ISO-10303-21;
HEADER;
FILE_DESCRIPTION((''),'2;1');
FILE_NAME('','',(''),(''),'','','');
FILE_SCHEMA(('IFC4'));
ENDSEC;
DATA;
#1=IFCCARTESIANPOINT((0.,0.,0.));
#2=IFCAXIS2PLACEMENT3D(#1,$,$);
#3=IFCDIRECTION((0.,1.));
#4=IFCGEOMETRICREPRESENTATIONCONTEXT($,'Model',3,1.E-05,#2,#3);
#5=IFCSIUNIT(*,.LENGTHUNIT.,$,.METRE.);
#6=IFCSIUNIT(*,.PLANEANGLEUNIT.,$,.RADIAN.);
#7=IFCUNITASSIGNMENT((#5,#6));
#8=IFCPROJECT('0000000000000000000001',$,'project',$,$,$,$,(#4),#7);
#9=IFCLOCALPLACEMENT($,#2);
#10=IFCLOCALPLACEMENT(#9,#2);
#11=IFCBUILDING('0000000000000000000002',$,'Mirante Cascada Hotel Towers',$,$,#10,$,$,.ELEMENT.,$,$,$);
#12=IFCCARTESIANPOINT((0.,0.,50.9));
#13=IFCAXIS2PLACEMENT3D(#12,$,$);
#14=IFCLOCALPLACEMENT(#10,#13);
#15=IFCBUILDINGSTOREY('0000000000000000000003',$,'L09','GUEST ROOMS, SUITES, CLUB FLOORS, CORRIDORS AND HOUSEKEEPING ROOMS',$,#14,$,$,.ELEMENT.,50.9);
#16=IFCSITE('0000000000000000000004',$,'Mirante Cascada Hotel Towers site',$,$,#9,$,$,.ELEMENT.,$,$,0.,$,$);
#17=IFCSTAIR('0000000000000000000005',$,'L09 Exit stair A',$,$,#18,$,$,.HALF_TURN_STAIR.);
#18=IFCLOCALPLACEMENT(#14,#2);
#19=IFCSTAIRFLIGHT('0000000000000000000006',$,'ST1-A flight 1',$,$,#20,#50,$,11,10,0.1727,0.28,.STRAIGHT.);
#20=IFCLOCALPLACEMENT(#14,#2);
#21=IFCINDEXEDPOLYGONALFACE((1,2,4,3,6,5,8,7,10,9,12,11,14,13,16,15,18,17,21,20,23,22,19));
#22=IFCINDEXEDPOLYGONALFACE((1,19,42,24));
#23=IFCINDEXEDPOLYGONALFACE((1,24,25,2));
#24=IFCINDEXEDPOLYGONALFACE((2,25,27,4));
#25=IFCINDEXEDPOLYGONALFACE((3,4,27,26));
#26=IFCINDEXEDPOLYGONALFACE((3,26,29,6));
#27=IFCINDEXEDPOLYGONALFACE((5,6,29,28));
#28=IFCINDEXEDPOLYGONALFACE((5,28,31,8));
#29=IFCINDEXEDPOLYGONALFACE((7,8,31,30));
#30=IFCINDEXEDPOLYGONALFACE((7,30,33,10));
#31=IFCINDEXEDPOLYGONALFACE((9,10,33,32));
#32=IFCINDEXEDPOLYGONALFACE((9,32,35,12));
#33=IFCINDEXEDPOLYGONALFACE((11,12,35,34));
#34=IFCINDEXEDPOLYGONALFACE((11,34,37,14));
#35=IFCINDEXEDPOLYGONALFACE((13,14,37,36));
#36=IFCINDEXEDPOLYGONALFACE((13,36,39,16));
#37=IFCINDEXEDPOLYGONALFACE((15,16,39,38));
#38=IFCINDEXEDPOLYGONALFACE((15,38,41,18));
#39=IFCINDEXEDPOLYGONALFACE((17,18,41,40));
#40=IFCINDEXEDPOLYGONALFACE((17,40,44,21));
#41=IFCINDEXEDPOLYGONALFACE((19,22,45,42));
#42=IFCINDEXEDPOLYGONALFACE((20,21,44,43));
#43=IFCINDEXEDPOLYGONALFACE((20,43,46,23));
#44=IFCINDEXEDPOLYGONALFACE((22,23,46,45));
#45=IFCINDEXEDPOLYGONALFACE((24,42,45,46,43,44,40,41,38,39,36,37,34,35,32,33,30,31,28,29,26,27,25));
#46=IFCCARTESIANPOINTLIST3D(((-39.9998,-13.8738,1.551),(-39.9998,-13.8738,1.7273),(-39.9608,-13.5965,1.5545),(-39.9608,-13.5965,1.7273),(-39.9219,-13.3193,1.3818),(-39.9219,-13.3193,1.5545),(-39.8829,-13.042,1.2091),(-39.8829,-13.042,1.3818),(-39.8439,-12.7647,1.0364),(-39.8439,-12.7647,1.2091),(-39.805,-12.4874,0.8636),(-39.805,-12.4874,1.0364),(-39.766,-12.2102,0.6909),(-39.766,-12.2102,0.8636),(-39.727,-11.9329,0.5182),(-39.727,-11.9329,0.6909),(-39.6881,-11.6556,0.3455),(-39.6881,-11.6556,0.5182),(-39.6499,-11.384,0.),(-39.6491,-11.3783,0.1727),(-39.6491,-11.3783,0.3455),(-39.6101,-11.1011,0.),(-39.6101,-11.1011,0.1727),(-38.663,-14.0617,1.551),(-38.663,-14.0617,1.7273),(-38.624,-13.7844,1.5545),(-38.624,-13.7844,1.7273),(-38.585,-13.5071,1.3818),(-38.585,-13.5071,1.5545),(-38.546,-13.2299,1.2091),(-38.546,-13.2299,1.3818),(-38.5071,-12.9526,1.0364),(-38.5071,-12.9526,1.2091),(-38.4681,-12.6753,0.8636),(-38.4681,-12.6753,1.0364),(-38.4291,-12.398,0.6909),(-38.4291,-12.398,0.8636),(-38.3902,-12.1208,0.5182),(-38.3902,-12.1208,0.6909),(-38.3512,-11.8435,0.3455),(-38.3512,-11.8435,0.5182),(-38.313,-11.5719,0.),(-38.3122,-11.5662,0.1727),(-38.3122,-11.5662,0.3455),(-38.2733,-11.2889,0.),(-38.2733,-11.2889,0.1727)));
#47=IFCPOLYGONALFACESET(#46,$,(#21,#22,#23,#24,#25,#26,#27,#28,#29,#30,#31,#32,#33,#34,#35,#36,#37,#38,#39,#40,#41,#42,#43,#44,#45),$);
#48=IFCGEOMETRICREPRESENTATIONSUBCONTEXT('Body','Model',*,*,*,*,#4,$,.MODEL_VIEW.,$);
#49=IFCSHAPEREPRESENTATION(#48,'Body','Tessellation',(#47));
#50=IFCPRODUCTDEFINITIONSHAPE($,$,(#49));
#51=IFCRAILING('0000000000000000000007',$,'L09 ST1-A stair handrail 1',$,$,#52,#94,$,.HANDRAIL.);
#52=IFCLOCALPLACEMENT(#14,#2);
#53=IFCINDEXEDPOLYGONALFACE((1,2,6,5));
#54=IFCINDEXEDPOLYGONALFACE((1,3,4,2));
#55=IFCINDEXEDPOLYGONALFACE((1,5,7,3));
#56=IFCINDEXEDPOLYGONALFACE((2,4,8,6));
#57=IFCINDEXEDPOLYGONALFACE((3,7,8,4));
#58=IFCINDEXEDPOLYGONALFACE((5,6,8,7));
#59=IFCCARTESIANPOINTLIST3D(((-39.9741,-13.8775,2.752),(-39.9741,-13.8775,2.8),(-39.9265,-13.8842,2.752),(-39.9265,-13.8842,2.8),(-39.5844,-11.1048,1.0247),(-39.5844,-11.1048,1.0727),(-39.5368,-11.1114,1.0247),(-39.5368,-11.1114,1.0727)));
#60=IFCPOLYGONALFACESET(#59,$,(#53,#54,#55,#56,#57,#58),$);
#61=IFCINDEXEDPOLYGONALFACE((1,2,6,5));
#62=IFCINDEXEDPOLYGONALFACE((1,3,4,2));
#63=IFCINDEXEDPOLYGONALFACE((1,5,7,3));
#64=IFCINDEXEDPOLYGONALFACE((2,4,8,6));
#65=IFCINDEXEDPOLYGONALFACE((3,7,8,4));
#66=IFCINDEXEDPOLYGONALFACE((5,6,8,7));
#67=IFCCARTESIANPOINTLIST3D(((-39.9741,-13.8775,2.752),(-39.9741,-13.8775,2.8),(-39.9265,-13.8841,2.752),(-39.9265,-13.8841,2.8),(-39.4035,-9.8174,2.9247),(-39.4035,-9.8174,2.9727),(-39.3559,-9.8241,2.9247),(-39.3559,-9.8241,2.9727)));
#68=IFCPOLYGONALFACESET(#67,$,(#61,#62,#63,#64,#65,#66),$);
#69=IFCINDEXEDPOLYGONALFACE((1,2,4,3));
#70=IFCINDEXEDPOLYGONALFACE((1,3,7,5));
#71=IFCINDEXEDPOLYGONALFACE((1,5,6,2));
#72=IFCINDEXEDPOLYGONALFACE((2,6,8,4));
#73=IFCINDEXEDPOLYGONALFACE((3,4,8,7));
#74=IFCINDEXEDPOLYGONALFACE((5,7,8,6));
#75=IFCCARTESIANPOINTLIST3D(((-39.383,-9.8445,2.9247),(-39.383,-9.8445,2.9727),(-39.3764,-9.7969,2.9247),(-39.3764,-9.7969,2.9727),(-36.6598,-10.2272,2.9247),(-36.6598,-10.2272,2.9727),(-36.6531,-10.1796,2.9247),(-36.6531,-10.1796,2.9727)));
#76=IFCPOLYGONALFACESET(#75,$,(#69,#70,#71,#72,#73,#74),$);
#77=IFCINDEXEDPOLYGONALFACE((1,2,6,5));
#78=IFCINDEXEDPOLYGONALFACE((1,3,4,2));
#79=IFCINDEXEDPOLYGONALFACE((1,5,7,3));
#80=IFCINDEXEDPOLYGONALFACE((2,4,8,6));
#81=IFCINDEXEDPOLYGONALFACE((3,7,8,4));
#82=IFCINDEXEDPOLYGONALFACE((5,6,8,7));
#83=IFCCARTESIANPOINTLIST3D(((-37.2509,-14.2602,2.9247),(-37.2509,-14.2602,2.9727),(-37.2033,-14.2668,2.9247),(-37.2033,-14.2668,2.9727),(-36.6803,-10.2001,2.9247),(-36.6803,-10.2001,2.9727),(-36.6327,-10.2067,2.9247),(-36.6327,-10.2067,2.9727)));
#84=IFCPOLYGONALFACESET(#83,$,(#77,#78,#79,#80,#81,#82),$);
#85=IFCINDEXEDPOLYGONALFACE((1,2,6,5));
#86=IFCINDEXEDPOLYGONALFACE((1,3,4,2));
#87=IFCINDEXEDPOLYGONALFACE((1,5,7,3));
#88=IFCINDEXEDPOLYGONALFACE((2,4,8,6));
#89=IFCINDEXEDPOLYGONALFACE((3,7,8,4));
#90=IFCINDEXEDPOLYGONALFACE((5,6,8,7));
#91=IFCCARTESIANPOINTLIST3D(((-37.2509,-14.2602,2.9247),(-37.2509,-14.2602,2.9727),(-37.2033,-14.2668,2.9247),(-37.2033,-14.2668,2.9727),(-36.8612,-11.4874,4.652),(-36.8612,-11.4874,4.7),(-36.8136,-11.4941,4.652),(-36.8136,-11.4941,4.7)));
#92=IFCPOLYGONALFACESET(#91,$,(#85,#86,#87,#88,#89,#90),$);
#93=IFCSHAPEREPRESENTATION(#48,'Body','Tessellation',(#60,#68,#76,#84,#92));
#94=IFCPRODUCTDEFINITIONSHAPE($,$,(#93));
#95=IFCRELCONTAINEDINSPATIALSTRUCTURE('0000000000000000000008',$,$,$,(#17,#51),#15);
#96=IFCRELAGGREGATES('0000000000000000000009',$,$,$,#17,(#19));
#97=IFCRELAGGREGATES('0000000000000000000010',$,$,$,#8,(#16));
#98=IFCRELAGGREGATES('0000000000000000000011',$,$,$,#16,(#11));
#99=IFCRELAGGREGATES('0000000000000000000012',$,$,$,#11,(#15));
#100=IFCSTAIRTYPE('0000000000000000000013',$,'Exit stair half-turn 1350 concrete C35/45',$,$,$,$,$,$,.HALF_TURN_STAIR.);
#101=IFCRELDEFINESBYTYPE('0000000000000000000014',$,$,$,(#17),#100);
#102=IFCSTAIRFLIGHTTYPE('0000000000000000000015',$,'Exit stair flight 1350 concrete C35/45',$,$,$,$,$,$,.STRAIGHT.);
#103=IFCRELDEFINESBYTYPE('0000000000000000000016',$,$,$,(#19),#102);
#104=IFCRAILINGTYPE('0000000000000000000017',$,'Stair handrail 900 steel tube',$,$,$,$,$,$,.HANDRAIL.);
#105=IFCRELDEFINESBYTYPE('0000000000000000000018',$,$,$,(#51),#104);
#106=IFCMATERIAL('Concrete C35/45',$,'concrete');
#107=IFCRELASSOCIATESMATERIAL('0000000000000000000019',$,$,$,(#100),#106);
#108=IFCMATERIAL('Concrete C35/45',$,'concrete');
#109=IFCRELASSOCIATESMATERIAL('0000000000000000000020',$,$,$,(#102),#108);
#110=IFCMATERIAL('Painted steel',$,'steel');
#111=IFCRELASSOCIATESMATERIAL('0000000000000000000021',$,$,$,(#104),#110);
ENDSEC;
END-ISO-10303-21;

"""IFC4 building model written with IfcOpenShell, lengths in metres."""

from ifc_helpers import new_model, si_unit, direction, frame, origin, origin_2d, place, context, subcontext, project, spatial, polyline, rectangle, outline, extrude, material, type_object, element, aggregate, save


model = new_model("IFC4")

# Units and contexts
model_context = context("Model", 3, precision=1e-05, world=origin(), true_north=direction((0.0, 1.0)))
body_context = subcontext(model_context, "Body", "Model", "MODEL_VIEW")
ifc_project = project(units=[si_unit("LENGTHUNIT", "METRE"), si_unit("PLANEANGLEUNIT", "RADIAN")], contexts=[model_context])

# Site, building, storey
site_placement = place(None, origin())
site = spatial("IfcSite", under=ifc_project, at=site_placement, Name="Mirante Cascada Hotel Towers site", CompositionType="ELEMENT", RefElevation=0.0)
building_placement = place(site_placement, origin())
building = spatial("IfcBuilding", under=site, at=building_placement, Name="Mirante Cascada Hotel Towers", CompositionType="ELEMENT")
storey_placement = place(building_placement, frame((0.0, 0.0, 50.9)))
storey = spatial("IfcBuildingStorey", under=building, at=storey_placement, Name="L09", Description="GUEST ROOMS, SUITES, CLUB FLOORS, CORRIDORS AND HOUSEKEEPING ROOMS", CompositionType="ELEMENT", Elevation=50.9)

# Stair, stair flight
ifc_material_1 = material(Name="Concrete C35/45", Category="concrete")
stair_type = type_object("IfcStairType", Name="Exit stair half-turn 1350 concrete C35/45", PredefinedType="HALF_TURN_STAIR", material=ifc_material_1)
stair_placement = place(storey_placement, origin())
stair = element("IfcStair", 1, at=stair_placement, inside=storey, type_object=stair_type, Name="L09 Exit stair A", PredefinedType="HALF_TURN_STAIR")
ifc_material_2 = material(Name="Concrete C35/45", Category="concrete")
stair_flight_type = type_object("IfcStairFlightType", Name="Exit stair flight 1350 concrete C35/45", PredefinedType="STRAIGHT", material=ifc_material_2)
stair_flight_placement = place(storey_placement, frame((-38.9417, -11.195, 0.0), z_axis=(0.0, 0.0, 1.0), x_axis=(-0.139173, -0.990268, 0.0)))
stair_flight = element("IfcStairFlight", 2, at=stair_flight_placement, type_object=stair_flight_type, Name="ST1-A flight 1", NumberOfRisers=11, NumberOfTreads=10, PredefinedType="STRAIGHT", RiserHeight=0.1727, TreadLength=0.28, context=body_context, shape_type="SweptSolid", body=[
    extrude(outline(polyline([(0.0, 0.0), (0.0, 0.1727), (0.28, 0.1727), (0.28, 0.3455), (0.56, 0.3455), (0.56, 0.5182), (0.84, 0.5182), (0.84, 0.6909), (1.12, 0.6909), (1.12, 0.8636), (1.4, 0.8636), (1.4, 1.0364), (1.68, 1.0364), (1.68, 1.2091), (1.96, 1.2091), (1.96, 1.3818), (2.24, 1.3818), (2.24, 1.5545), (2.52, 1.5545), (2.52, 1.7273), (2.8, 1.7273), (2.8, 1.9), (2.8, 1.551), (0.2857, 0.0), (0.0, 0.0)])), frame((0.0, 0.675, 0.0), z_axis=(0.0, -1.0, 0.0), x_axis=(1.0, 0.0, 0.0)), (0.0, 0.0, 1.0), 1.35),
])
aggregate(stair, [stair_flight])

# Railing
ifc_material_3 = material(Name="Painted steel", Category="steel")
railing_type = type_object("IfcRailingType", Name="Stair handrail 900 steel tube", PredefinedType="HANDRAIL", material=ifc_material_3)
railing_placement = place(storey_placement, frame((-39.5606, -11.1081, 0.1727)))
element("IfcRailing", 3, at=railing_placement, inside=storey, type_object=railing_type, Name="L09 ST1-A stair handrail 1", PredefinedType="HANDRAIL", context=body_context, shape_type="SweptSolid", body=[
    extrude(rectangle(XDim=0.048, YDim=0.048, at=origin_2d()), frame((0.0, 0.0, 0.876), z_axis=(-0.139181, -0.990267, 0.0), x_axis=(0.990267, -0.139181, 0.0)), (0.0, 0.525035, 0.851081), 3.2899),
    extrude(rectangle(XDim=0.048, YDim=0.048, at=origin_2d()), frame((-0.3897, -2.7727, 2.6033), z_axis=(0.139171, 0.990268, 0.0), x_axis=(-0.990268, 0.139171, 0.0)), (0.0, 0.042085, 0.999114), 4.1036),
    extrude(rectangle(XDim=0.048, YDim=0.048, at=origin_2d()), frame((0.1809, 1.2874, 2.776), z_axis=(0.990269, -0.139166, 0.0), x_axis=(0.139166, 0.990269, 0.0)), (0.0, 0.0, 1.0), 2.75),
    extrude(rectangle(XDim=0.048, YDim=0.048, at=origin_2d()), frame((2.9041, 0.9047, 2.776), z_axis=(-0.139171, -0.990268, 0.0), x_axis=(0.990268, -0.139171, 0.0)), (0.0, 0.0, 1.0), 4.1),
    extrude(rectangle(XDim=0.048, YDim=0.048, at=origin_2d()), frame((2.3335, -3.1554, 2.776), z_axis=(0.139181, 0.990267, 0.0), x_axis=(-0.990267, 0.139181, 0.0)), (0.0, 0.525035, 0.851081), 3.2899),
])

save(model, "model.ifc")
